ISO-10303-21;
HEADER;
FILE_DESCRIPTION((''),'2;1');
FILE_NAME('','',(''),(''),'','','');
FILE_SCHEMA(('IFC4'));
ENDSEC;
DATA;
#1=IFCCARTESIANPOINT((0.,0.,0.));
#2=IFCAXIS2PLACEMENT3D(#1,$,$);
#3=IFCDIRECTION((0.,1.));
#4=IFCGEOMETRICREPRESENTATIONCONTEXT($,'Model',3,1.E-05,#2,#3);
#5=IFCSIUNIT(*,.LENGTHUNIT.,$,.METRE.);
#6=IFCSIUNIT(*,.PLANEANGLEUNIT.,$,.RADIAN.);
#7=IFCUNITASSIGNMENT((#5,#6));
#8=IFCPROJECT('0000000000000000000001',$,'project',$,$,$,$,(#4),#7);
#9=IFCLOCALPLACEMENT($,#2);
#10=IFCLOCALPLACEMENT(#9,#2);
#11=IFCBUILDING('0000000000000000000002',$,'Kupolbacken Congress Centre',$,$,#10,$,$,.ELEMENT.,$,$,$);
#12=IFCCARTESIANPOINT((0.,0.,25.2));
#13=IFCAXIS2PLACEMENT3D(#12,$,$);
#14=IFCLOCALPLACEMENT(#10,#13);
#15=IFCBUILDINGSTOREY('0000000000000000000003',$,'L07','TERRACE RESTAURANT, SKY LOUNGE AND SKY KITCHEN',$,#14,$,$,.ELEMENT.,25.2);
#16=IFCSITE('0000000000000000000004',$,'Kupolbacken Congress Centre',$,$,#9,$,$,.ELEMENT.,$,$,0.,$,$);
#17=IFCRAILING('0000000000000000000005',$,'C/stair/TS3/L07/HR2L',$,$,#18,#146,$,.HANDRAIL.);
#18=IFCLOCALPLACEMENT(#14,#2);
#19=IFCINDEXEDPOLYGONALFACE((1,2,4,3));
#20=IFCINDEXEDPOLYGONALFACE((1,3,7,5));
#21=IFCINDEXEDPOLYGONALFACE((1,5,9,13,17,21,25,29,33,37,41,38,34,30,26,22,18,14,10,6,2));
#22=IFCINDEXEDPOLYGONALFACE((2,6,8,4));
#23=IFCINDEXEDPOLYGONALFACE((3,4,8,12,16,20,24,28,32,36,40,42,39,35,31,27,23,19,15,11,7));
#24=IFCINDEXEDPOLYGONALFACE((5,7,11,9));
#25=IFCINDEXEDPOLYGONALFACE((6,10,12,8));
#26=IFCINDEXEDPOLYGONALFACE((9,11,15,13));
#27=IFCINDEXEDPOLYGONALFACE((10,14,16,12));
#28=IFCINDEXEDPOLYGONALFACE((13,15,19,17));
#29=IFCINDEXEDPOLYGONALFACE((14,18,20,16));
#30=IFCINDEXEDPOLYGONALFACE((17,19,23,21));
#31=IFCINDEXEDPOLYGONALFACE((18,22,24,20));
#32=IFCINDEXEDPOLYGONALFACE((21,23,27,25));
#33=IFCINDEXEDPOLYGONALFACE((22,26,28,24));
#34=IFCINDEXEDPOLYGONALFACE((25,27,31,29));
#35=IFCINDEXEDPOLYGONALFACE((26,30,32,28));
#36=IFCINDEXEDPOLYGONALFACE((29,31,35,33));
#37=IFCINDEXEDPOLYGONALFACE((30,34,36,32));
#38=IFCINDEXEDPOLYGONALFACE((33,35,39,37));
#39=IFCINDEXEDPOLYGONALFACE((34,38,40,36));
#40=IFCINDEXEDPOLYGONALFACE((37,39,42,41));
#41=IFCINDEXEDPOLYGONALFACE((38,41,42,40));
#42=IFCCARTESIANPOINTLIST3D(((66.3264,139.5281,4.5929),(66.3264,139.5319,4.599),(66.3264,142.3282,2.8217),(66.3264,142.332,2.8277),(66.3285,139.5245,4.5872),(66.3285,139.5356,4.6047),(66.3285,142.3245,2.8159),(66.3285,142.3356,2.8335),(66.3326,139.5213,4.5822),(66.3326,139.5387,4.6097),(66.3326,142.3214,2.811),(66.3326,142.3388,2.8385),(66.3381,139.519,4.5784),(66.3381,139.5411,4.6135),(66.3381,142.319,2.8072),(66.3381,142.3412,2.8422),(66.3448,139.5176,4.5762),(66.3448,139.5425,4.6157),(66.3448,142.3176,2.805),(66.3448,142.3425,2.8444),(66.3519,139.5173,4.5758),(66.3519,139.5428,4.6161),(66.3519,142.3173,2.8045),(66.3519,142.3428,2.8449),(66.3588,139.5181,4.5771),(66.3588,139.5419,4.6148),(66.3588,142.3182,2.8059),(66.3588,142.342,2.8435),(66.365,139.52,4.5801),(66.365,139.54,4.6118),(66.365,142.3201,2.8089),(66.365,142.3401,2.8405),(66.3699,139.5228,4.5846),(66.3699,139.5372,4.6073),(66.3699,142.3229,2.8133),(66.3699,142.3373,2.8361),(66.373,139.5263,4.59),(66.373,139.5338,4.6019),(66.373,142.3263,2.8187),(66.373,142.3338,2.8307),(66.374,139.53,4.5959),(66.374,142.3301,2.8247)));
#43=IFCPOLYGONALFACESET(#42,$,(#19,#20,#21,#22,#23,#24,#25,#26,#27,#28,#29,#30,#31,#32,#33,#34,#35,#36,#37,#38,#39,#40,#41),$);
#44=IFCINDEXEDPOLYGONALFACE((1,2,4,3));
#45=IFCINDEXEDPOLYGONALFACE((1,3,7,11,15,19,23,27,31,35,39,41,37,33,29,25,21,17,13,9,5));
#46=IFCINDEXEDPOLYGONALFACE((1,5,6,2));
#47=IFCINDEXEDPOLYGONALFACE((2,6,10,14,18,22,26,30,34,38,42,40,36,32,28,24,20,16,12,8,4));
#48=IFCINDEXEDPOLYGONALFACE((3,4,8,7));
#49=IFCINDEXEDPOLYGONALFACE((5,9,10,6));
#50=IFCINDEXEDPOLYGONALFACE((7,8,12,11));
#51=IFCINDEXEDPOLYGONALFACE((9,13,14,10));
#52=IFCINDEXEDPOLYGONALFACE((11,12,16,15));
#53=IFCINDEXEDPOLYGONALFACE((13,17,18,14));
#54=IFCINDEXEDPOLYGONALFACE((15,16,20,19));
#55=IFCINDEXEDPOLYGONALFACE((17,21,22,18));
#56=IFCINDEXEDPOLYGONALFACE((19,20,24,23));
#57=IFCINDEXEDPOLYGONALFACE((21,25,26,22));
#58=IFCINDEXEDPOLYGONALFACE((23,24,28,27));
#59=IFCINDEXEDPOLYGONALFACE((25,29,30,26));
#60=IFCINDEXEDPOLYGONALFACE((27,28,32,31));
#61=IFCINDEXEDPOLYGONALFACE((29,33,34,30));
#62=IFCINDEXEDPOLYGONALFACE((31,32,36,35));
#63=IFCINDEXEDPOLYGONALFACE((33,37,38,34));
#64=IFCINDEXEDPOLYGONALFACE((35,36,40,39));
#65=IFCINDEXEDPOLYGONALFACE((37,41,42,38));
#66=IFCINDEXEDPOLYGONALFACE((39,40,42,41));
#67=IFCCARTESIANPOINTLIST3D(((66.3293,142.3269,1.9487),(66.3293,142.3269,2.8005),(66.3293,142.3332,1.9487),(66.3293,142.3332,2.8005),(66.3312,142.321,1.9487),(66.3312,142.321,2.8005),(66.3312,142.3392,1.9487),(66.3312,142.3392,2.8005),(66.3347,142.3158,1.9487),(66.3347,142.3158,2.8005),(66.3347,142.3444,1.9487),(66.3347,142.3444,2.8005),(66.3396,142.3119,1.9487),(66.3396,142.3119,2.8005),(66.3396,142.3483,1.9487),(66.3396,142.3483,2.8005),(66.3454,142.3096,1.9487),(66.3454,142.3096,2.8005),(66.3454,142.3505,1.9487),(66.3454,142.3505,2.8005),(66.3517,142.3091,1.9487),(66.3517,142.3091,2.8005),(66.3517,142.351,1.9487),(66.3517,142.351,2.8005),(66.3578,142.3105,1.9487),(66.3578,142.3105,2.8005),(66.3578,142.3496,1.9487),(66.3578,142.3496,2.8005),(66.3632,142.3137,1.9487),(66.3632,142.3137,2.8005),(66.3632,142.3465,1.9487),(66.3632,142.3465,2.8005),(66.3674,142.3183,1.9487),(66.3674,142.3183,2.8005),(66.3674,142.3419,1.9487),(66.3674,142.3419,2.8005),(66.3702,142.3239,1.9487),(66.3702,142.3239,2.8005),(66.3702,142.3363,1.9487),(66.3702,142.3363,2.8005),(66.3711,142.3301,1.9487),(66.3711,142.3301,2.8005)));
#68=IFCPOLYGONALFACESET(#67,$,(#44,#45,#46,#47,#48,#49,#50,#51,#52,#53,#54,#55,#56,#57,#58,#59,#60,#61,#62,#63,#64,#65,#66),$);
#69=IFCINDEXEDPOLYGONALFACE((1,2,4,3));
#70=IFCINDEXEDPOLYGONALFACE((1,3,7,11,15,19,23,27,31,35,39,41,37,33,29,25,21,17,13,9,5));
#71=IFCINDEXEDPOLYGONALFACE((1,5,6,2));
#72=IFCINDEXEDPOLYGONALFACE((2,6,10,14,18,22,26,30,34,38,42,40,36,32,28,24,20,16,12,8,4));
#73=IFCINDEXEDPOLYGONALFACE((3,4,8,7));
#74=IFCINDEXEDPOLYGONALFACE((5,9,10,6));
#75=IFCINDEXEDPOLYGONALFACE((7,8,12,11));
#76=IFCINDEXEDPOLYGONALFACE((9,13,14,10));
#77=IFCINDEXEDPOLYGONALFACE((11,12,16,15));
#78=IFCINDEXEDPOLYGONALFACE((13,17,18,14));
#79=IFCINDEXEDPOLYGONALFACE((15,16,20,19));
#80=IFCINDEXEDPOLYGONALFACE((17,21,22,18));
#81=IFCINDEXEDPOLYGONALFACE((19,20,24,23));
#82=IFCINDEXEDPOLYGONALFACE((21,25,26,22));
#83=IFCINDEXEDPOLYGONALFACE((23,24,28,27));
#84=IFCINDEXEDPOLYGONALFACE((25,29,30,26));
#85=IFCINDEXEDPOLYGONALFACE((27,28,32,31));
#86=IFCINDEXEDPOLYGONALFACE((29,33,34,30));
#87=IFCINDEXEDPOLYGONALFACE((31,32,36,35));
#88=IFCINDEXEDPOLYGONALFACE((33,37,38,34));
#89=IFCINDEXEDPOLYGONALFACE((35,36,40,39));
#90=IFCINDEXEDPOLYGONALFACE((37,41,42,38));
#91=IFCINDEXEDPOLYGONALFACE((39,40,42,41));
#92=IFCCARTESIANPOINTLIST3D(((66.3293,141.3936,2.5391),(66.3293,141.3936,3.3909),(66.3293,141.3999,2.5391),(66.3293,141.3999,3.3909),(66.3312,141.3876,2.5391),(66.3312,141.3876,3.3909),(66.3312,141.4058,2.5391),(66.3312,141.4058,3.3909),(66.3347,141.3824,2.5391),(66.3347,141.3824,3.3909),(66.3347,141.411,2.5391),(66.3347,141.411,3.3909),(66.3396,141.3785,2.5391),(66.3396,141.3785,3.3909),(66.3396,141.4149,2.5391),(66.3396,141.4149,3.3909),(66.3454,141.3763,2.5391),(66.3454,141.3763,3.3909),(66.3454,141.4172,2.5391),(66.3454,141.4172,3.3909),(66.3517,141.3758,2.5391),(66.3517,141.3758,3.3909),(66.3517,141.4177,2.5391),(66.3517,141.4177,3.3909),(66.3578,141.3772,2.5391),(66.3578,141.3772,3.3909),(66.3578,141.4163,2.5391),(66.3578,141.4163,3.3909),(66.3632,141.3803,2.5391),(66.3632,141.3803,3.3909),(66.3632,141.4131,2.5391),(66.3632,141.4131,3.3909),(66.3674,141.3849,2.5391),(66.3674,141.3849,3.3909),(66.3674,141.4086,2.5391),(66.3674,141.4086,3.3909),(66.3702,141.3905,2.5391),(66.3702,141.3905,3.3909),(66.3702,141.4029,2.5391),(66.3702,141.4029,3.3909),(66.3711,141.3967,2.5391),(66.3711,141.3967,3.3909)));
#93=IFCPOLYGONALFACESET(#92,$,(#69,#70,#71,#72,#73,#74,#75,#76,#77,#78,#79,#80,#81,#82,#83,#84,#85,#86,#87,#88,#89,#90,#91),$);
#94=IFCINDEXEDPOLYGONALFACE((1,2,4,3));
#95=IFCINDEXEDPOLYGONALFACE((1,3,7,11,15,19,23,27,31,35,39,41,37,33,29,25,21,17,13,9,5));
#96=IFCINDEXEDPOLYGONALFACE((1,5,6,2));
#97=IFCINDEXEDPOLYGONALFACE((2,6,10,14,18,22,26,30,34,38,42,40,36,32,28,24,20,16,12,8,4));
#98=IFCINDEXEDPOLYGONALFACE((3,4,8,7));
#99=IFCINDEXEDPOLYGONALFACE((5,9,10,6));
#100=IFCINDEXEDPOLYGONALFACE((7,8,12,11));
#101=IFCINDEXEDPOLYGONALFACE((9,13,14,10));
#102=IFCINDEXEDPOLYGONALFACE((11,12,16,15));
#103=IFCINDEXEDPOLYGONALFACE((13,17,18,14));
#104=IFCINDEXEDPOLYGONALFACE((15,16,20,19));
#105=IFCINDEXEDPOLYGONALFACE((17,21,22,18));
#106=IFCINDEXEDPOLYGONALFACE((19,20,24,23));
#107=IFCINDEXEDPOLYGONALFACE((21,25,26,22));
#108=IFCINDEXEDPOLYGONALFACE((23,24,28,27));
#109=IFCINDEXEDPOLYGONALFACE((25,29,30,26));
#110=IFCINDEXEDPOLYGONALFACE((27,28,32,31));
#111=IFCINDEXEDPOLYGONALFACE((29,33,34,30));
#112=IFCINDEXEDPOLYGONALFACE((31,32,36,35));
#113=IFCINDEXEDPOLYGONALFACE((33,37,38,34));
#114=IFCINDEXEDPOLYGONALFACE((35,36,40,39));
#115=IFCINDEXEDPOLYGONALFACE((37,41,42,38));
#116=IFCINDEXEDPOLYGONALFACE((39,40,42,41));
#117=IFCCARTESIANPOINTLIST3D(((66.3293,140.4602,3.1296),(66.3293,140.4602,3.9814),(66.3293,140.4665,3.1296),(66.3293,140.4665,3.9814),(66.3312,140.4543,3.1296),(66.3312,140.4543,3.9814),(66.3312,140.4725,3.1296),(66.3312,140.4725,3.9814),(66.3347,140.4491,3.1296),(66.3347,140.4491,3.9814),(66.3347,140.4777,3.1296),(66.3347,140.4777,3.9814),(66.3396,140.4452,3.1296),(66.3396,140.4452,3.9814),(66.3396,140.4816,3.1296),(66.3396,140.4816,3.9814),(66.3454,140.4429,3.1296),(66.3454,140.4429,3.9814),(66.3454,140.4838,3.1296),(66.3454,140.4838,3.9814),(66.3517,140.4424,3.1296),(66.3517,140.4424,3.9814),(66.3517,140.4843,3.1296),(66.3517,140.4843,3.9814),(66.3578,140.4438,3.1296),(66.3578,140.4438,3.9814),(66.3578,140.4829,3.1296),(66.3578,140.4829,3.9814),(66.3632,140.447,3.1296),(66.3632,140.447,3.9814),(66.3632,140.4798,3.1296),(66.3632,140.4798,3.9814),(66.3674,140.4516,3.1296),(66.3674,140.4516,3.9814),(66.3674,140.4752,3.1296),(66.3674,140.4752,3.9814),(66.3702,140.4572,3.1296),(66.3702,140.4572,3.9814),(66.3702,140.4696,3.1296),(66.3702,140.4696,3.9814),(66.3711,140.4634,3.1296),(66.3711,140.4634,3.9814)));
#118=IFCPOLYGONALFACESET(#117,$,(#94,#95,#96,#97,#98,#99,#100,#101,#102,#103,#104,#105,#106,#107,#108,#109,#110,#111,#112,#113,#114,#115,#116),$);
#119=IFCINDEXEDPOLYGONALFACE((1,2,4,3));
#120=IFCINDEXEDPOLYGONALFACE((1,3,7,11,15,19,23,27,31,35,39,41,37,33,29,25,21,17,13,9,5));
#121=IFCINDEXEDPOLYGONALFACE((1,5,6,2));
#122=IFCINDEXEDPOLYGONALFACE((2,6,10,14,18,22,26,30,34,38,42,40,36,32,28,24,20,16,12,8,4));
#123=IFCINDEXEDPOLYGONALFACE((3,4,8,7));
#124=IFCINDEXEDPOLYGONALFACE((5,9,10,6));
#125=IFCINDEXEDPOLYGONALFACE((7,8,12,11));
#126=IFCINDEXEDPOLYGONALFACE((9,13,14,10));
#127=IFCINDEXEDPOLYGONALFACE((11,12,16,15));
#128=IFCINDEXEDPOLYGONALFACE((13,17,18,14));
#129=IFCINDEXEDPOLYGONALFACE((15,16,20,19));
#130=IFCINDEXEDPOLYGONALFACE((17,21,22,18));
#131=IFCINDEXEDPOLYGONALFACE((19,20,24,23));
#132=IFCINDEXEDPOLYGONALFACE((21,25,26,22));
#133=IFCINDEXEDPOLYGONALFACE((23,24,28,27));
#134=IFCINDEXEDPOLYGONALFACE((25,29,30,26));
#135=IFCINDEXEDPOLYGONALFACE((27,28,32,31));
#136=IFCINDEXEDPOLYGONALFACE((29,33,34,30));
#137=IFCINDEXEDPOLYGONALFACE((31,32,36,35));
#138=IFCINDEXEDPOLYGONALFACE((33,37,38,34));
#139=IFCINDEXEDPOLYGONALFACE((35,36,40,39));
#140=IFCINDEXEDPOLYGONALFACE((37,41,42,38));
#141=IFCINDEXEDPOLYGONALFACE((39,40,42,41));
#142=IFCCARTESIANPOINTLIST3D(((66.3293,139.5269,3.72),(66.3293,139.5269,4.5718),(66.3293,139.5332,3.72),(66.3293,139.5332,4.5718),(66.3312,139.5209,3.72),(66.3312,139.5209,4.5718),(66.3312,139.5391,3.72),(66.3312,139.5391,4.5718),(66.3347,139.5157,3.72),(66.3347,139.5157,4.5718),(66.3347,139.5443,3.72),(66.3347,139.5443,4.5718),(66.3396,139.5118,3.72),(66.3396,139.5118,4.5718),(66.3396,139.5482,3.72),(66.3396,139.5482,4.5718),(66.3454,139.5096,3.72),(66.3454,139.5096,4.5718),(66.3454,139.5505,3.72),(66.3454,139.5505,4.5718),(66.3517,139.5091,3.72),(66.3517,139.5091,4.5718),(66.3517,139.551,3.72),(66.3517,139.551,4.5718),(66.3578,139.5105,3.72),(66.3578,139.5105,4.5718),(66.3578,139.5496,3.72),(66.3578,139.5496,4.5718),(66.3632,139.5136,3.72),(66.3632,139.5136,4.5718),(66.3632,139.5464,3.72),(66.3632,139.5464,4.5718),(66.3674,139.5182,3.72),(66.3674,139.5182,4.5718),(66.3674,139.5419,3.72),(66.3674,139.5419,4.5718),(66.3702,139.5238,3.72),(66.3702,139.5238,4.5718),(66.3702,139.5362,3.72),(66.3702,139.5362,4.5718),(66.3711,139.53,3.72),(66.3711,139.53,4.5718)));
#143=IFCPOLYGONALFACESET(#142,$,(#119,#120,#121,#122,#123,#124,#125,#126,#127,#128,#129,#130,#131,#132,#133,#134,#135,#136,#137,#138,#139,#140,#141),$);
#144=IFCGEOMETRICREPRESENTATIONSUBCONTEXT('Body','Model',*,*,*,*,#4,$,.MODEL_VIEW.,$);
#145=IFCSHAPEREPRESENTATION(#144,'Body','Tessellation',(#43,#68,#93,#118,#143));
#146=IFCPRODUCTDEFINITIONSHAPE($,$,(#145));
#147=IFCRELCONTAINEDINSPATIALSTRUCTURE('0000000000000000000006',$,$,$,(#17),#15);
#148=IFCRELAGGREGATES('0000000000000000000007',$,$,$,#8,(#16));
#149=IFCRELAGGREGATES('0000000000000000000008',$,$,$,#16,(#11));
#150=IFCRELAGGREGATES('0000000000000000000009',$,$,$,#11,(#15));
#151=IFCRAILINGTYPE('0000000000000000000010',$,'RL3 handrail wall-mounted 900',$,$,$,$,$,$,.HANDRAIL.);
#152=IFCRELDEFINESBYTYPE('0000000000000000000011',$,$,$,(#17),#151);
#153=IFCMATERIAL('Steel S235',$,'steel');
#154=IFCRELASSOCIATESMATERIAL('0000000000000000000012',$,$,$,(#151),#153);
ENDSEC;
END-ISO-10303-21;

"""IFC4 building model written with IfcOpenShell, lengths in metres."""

from ifc_helpers import new_model, si_unit, direction, frame, origin, origin_2d, place, context, subcontext, project, spatial, circle, extrude, material, type_object, element, save


model = new_model("IFC4")

# Units and contexts
model_context = context("Model", 3, precision=1e-05, world=origin(), true_north=direction((0.0, 1.0)))
body_context = subcontext(model_context, "Body", "Model", "MODEL_VIEW")
ifc_project = project(units=[si_unit("LENGTHUNIT", "METRE"), si_unit("PLANEANGLEUNIT", "RADIAN")], contexts=[model_context])

# Site, building, storey
site_placement = place(None, origin())
site = spatial("IfcSite", under=ifc_project, at=site_placement, Name="Kupolbacken Congress Centre", CompositionType="ELEMENT", RefElevation=0.0)
building_placement = place(site_placement, origin())
building = spatial("IfcBuilding", under=site, at=building_placement, Name="Kupolbacken Congress Centre", CompositionType="ELEMENT")
storey_placement = place(building_placement, frame((0.0, 0.0, 25.2)))
storey = spatial("IfcBuildingStorey", under=building, at=storey_placement, Name="L07", Description="TERRACE RESTAURANT, SKY LOUNGE AND SKY KITCHEN", CompositionType="ELEMENT", Elevation=25.2)

# Railing
ifc_material_1 = material(Name="Steel S235", Category="steel")
railing_type_1 = type_object("IfcRailingType", Name="RL3 handrail wall-mounted 900", PredefinedType="HANDRAIL", material=ifc_material_1)
for number, where, name in (
    (1, (66.3501, 142.3301, 1.9487), "C/stair/TS3/L07/HR2L"),
):
    element("IfcRailing", number, at=place(storey_placement, frame(where)), inside=storey, type_object=railing_type_1, Name=name, PredefinedType="HANDRAIL", context=body_context, shape_type="SweptSolid", body=[
        extrude(circle(Radius=0.0239, at=origin_2d()), frame((0.0, 0.0, 0.876), z_axis=(0.0, -0.845109, 0.534594), x_axis=(1.0, 0.0, 0.0)), (0.0, 0.0, 1.0), 3.3132),
        extrude(circle(Radius=0.021, at=origin_2d()), origin(), (0.0, 0.0, 1.0), 0.8518),
        extrude(circle(Radius=0.021, at=origin_2d()), frame((0.0, -0.9333, 0.5903)), (0.0, 0.0, 1.0), 0.8518),
        extrude(circle(Radius=0.021, at=origin_2d()), frame((0.0, -1.8667, 1.1809)), (0.0, 0.0, 1.0), 0.8518),
        extrude(circle(Radius=0.021, at=origin_2d()), frame((0.0, -2.8, 1.7712)), (0.0, 0.0, 1.0), 0.8518),
    ])

save(model, "model.ifc")
